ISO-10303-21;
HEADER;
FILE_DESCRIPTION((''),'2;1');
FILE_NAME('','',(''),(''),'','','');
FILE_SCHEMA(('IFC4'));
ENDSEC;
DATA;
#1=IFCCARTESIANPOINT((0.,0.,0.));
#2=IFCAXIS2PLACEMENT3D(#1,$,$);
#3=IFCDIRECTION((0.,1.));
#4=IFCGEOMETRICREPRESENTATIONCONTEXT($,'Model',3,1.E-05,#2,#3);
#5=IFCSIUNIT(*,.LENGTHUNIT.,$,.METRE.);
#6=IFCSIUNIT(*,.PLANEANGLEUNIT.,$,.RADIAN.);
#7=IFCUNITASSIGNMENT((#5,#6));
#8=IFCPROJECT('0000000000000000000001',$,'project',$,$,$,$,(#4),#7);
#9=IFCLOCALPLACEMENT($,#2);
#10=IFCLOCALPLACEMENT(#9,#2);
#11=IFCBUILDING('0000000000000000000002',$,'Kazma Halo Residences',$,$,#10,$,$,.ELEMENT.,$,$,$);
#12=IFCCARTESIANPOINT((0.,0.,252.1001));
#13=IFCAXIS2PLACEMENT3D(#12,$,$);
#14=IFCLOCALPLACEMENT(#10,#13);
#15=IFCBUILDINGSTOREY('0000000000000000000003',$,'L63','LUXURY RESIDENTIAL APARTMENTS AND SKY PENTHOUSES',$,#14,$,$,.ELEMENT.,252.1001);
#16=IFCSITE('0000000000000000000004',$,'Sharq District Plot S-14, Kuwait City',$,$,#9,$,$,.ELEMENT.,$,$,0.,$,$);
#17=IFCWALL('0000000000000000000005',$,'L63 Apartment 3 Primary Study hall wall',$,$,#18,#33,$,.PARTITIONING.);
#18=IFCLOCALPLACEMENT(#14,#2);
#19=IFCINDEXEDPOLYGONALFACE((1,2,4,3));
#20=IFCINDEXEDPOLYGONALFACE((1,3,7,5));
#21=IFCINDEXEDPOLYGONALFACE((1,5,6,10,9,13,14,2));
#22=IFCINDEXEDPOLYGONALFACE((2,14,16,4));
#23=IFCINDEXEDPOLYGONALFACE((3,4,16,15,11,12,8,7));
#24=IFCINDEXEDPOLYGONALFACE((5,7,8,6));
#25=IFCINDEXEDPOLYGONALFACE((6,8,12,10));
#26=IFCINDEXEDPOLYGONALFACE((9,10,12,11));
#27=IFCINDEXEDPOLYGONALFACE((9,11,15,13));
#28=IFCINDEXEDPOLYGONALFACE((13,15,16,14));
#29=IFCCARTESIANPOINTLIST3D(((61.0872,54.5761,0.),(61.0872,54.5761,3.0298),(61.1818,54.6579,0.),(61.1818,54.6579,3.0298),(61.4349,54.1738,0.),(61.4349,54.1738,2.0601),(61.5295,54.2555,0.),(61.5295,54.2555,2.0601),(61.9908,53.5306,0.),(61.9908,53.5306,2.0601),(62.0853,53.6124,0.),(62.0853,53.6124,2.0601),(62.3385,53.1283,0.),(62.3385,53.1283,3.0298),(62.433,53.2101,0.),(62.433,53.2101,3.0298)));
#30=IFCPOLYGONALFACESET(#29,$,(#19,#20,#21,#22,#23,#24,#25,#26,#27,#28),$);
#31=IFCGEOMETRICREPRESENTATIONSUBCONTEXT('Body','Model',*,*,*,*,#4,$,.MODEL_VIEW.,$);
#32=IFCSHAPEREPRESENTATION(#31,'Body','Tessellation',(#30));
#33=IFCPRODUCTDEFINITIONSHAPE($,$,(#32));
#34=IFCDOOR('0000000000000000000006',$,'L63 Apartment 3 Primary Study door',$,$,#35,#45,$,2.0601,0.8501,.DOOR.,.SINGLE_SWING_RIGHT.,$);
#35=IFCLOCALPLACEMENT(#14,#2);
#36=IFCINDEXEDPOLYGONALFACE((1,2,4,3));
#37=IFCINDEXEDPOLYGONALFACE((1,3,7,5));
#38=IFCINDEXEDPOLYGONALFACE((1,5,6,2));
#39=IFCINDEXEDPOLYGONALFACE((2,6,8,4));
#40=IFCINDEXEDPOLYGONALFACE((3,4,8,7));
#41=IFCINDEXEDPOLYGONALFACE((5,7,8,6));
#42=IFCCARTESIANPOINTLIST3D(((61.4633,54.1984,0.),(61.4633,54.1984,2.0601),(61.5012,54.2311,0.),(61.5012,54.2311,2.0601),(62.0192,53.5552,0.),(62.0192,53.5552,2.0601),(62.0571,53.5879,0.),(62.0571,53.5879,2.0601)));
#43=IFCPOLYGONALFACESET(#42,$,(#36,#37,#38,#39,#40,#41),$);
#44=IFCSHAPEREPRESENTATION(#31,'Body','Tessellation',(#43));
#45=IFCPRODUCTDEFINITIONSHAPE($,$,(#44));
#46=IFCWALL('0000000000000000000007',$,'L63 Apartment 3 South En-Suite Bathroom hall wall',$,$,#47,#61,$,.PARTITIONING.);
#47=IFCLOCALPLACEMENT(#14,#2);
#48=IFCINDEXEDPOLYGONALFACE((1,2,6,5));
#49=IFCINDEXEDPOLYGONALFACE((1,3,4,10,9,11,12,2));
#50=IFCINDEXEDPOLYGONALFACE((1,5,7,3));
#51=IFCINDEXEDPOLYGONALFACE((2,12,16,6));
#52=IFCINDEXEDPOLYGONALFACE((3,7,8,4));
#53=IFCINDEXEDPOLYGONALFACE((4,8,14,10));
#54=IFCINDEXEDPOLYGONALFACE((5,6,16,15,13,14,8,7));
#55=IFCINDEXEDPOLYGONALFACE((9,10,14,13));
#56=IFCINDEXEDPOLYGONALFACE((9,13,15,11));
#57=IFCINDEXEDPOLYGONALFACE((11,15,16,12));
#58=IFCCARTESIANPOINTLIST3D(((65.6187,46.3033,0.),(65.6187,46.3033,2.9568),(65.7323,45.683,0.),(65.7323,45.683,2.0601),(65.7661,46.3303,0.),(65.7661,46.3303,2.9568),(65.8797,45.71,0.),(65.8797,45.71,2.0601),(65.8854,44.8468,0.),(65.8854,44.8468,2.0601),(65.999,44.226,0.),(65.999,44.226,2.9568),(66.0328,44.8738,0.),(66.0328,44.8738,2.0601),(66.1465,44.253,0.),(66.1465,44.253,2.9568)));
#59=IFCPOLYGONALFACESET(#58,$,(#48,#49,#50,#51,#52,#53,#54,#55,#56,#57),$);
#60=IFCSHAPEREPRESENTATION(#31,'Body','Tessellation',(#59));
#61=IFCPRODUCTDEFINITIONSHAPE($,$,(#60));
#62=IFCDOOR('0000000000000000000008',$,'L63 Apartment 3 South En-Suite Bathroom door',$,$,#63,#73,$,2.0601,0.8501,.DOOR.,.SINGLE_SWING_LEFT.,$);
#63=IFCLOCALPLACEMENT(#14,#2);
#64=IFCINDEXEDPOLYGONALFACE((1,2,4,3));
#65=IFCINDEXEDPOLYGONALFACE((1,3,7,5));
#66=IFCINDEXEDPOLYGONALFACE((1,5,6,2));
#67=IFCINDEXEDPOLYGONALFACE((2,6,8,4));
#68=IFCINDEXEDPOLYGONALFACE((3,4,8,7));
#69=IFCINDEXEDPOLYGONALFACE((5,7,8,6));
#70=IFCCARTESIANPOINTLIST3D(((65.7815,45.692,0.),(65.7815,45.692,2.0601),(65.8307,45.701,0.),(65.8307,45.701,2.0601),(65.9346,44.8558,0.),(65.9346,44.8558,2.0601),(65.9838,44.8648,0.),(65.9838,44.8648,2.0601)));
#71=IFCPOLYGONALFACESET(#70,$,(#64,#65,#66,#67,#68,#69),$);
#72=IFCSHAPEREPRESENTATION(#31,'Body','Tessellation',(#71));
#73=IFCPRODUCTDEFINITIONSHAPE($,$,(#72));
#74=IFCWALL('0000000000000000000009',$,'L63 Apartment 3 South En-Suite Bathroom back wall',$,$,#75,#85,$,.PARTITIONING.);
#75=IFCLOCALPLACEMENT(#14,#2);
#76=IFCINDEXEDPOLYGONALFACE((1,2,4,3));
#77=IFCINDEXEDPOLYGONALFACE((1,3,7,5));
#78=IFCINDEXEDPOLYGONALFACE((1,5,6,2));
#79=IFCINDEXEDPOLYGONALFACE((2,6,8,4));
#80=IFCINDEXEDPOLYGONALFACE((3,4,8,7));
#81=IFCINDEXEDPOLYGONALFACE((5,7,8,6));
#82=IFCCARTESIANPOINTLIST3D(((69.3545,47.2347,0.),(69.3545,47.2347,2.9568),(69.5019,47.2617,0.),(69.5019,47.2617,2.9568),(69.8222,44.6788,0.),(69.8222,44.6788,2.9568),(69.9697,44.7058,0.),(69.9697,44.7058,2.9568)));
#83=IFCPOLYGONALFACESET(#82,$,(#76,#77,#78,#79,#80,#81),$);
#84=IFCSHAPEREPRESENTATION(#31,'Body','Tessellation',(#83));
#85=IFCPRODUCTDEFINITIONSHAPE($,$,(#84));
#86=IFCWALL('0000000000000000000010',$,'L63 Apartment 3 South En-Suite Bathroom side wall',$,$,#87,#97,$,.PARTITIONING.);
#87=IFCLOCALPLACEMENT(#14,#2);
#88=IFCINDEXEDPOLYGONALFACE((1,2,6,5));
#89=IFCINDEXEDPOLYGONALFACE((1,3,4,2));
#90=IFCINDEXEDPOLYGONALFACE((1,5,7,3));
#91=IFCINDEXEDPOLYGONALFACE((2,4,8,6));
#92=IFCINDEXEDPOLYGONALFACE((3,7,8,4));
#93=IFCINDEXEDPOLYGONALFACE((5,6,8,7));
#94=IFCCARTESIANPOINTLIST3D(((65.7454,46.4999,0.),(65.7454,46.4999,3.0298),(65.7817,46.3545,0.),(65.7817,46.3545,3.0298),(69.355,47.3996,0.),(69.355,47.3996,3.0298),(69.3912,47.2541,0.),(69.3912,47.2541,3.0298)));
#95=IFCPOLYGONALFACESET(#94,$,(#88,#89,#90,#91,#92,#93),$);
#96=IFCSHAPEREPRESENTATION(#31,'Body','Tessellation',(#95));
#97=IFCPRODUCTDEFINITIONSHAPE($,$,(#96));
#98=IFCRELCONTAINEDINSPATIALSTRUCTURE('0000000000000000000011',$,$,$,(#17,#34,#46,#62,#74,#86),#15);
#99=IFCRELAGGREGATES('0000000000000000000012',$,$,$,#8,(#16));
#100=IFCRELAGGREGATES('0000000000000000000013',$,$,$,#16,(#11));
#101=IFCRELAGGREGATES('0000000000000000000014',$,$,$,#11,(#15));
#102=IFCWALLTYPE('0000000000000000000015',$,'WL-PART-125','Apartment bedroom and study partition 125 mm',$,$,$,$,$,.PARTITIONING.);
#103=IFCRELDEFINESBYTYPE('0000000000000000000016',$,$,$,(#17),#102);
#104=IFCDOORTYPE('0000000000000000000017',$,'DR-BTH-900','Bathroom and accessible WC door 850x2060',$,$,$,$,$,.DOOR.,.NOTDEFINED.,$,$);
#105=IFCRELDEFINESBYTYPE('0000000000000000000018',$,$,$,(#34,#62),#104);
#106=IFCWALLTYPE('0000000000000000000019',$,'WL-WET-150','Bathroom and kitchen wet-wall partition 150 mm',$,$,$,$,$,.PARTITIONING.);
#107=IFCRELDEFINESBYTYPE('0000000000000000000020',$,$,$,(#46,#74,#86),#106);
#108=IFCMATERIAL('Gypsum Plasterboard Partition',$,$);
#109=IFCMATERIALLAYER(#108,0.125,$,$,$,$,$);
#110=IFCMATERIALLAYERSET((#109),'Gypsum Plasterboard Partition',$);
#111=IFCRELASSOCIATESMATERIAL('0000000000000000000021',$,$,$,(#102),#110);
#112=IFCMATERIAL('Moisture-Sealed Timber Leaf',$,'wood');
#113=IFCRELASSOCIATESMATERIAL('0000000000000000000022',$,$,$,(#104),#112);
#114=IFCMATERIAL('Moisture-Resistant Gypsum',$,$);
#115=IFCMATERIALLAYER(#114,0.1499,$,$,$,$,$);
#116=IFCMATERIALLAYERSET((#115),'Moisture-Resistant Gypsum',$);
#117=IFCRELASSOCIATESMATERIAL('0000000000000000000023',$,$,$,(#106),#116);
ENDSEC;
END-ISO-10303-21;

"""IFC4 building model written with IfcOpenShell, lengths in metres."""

from ifc_helpers import new_model, si_unit, direction, frame, frame_2d, origin, place, context, subcontext, project, spatial, rectangle, extrude, material, layer, layer_set, type_object, element, fill, save


model = new_model("IFC4")

# Units and contexts
model_context = context("Model", 3, precision=1e-05, world=origin(), true_north=direction((0.0, 1.0)))
body_context = subcontext(model_context, "Body", "Model", "MODEL_VIEW")
ifc_project = project(units=[si_unit("LENGTHUNIT", "METRE"), si_unit("PLANEANGLEUNIT", "RADIAN")], contexts=[model_context])

# Site, building, storey
site_placement = place(None, origin())
site = spatial("IfcSite", under=ifc_project, at=site_placement, Name="Sharq District Plot S-14, Kuwait City", CompositionType="ELEMENT", RefElevation=0.0)
building_placement = place(site_placement, origin())
building = spatial("IfcBuilding", under=site, at=building_placement, Name="Kazma Halo Residences", CompositionType="ELEMENT")
storey_placement = place(building_placement, frame((0.0, 0.0, 252.1001)))
storey = spatial("IfcBuildingStorey", under=building, at=storey_placement, Name="L63", Description="LUXURY RESIDENTIAL APARTMENTS AND SKY PENTHOUSES", CompositionType="ELEMENT", Elevation=252.1001)

# Shared definitions
ifc_material_1 = material(Name="Gypsum Plasterboard Partition")
ifc_layer_1 = layer(ifc_material_1, 0.125)
ifc_layer_set_1 = layer_set([ifc_layer_1], Name="Gypsum Plasterboard Partition")
wall_type_1 = type_object("IfcWallType", Name="WL-PART-125", Description="Apartment bedroom and study partition 125 mm", PredefinedType="PARTITIONING", material=ifc_layer_set_1)

# Shared definitions
ifc_material_2 = material(Name="Moisture-Sealed Timber Leaf", Category="wood")
door_type = type_object("IfcDoorType", Name="DR-BTH-900", Description="Bathroom and accessible WC door 850x2060", OperationType="NOTDEFINED", PredefinedType="DOOR", material=ifc_material_2)

# Walls, openings, doors
wall_1_placement = place(storey_placement, frame((62.3857, 53.1692, 0.0), z_axis=(0.0, 0.0, 1.0), x_axis=(-0.653886, 0.756593, 0.0)))
wall_1 = element("IfcWall", 1, at=wall_1_placement, inside=storey, type_object=wall_type_1, Name="L63 Apartment 3 Primary Study hall wall", PredefinedType="PARTITIONING", context=body_context, shape_type="SweptSolid", body=[
    extrude(rectangle(XDim=1.9136, YDim=0.125, at=frame_2d((0.9568, 0.0))), origin(), (0.0, 0.0, 1.0), 3.0298),
])
opening_1_placement = place(wall_1_placement, frame((0.5317, 0.0, 0.0)))
opening_1 = element("IfcOpeningElement", 2, at=opening_1_placement, cuts=wall_1, PredefinedType="OPENING", context=body_context, shape_type="SweptSolid", body=[
    extrude(rectangle(XDim=0.8501, YDim=2.0601, at=frame_2d((0.425, 1.03))), frame((0.0, 0.0725, 0.0), z_axis=(0.0, -1.0, 0.0), x_axis=(1.0, 0.0, 0.0)), (0.0, 0.0, 1.0), 0.145),
])
door_1_placement = place(opening_1_placement, origin())
door_1 = element("IfcDoor", 3, at=door_1_placement, inside=storey, type_object=door_type, Name="L63 Apartment 3 Primary Study door", OperationType="SINGLE_SWING_RIGHT", OverallHeight=2.0601, OverallWidth=0.8501, PredefinedType="DOOR", context=body_context, shape_type="SweptSolid", body=[
    extrude(rectangle(XDim=0.8501, YDim=2.0601, at=frame_2d((0.425, 1.03))), frame((0.0, 0.0249, 0.0), z_axis=(0.0, -1.0, 0.0), x_axis=(1.0, 0.0, 0.0)), (0.0, 0.0, 1.0), 0.05),
])
fill(opening_1, door_1)
ifc_material_3 = material(Name="Moisture-Resistant Gypsum")
ifc_layer_2 = layer(ifc_material_3, 0.1499)
ifc_layer_set_2 = layer_set([ifc_layer_2], Name="Moisture-Resistant Gypsum")
wall_type_2 = type_object("IfcWallType", Name="WL-WET-150", Description="Bathroom and kitchen wet-wall partition 150 mm", PredefinedType="PARTITIONING", material=ifc_layer_set_2)
wall_2_placement = place(storey_placement, frame((66.0728, 44.2395, 0.0), z_axis=(0.0, 0.0, 1.0), x_axis=(-0.180106, 0.983647, 0.0)))
wall_2 = element("IfcWall", 4, at=wall_2_placement, inside=storey, type_object=wall_type_2, Name="L63 Apartment 3 South En-Suite Bathroom hall wall", PredefinedType="PARTITIONING", context=body_context, shape_type="SweptSolid", body=[
    extrude(rectangle(XDim=2.1118, YDim=0.1499, at=frame_2d((1.0559, 0.0))), origin(), (0.0, 0.0, 1.0), 2.9568),
])
opening_2_placement = place(wall_2_placement, frame((0.6311, 0.0, 0.0)))
opening_2 = element("IfcOpeningElement", 5, at=opening_2_placement, cuts=wall_2, PredefinedType="OPENING", context=body_context, shape_type="SweptSolid", body=[
    extrude(rectangle(XDim=0.8501, YDim=2.0601, at=frame_2d((0.425, 1.03))), frame((0.0, 0.085, 0.0), z_axis=(0.0, -1.0, 0.0), x_axis=(1.0, 0.0, 0.0)), (0.0, 0.0, 1.0), 0.1699),
])
door_2_placement = place(opening_2_placement, origin())
door_2 = element("IfcDoor", 6, at=door_2_placement, inside=storey, type_object=door_type, Name="L63 Apartment 3 South En-Suite Bathroom door", OperationType="SINGLE_SWING_LEFT", OverallHeight=2.0601, OverallWidth=0.8501, PredefinedType="DOOR", context=body_context, shape_type="SweptSolid", body=[
    extrude(rectangle(XDim=0.8501, YDim=2.0601, at=frame_2d((0.425, 1.03))), frame((0.0, 0.0249, 0.0), z_axis=(0.0, -1.0, 0.0), x_axis=(1.0, 0.0, 0.0)), (0.0, 0.0, 1.0), 0.05),
])
fill(opening_2, door_2)

# Walls
wall_3_placement = place(storey_placement, frame((69.896, 44.6921, 0.0), z_axis=(0.0, 0.0, 1.0), x_axis=(-0.180026, 0.983662, 0.0)))
element("IfcWall", 7, at=wall_3_placement, inside=storey, type_object=wall_type_2, Name="L63 Apartment 3 South En-Suite Bathroom back wall", PredefinedType="PARTITIONING", context=body_context, shape_type="SweptSolid", body=[
    extrude(rectangle(XDim=2.5984, YDim=0.1499, at=frame_2d((1.2993, 0.0))), origin(), (0.0, 0.0, 1.0), 2.9568),
])
wall_4_placement = place(storey_placement, frame((65.7637, 46.4272, 0.0), z_axis=(0.0, 0.0, 1.0), x_axis=(0.970316, 0.241841, 0.0)))
element("IfcWall", 8, at=wall_4_placement, inside=storey, type_object=wall_type_2, Name="L63 Apartment 3 South En-Suite Bathroom side wall", PredefinedType="PARTITIONING", context=body_context, shape_type="SweptSolid", body=[
    extrude(rectangle(XDim=3.72, YDim=0.1499, at=frame_2d((1.8599, 0.0))), origin(), (0.0, 0.0, 1.0), 3.0298),
])

save(model, "model.ifc")
